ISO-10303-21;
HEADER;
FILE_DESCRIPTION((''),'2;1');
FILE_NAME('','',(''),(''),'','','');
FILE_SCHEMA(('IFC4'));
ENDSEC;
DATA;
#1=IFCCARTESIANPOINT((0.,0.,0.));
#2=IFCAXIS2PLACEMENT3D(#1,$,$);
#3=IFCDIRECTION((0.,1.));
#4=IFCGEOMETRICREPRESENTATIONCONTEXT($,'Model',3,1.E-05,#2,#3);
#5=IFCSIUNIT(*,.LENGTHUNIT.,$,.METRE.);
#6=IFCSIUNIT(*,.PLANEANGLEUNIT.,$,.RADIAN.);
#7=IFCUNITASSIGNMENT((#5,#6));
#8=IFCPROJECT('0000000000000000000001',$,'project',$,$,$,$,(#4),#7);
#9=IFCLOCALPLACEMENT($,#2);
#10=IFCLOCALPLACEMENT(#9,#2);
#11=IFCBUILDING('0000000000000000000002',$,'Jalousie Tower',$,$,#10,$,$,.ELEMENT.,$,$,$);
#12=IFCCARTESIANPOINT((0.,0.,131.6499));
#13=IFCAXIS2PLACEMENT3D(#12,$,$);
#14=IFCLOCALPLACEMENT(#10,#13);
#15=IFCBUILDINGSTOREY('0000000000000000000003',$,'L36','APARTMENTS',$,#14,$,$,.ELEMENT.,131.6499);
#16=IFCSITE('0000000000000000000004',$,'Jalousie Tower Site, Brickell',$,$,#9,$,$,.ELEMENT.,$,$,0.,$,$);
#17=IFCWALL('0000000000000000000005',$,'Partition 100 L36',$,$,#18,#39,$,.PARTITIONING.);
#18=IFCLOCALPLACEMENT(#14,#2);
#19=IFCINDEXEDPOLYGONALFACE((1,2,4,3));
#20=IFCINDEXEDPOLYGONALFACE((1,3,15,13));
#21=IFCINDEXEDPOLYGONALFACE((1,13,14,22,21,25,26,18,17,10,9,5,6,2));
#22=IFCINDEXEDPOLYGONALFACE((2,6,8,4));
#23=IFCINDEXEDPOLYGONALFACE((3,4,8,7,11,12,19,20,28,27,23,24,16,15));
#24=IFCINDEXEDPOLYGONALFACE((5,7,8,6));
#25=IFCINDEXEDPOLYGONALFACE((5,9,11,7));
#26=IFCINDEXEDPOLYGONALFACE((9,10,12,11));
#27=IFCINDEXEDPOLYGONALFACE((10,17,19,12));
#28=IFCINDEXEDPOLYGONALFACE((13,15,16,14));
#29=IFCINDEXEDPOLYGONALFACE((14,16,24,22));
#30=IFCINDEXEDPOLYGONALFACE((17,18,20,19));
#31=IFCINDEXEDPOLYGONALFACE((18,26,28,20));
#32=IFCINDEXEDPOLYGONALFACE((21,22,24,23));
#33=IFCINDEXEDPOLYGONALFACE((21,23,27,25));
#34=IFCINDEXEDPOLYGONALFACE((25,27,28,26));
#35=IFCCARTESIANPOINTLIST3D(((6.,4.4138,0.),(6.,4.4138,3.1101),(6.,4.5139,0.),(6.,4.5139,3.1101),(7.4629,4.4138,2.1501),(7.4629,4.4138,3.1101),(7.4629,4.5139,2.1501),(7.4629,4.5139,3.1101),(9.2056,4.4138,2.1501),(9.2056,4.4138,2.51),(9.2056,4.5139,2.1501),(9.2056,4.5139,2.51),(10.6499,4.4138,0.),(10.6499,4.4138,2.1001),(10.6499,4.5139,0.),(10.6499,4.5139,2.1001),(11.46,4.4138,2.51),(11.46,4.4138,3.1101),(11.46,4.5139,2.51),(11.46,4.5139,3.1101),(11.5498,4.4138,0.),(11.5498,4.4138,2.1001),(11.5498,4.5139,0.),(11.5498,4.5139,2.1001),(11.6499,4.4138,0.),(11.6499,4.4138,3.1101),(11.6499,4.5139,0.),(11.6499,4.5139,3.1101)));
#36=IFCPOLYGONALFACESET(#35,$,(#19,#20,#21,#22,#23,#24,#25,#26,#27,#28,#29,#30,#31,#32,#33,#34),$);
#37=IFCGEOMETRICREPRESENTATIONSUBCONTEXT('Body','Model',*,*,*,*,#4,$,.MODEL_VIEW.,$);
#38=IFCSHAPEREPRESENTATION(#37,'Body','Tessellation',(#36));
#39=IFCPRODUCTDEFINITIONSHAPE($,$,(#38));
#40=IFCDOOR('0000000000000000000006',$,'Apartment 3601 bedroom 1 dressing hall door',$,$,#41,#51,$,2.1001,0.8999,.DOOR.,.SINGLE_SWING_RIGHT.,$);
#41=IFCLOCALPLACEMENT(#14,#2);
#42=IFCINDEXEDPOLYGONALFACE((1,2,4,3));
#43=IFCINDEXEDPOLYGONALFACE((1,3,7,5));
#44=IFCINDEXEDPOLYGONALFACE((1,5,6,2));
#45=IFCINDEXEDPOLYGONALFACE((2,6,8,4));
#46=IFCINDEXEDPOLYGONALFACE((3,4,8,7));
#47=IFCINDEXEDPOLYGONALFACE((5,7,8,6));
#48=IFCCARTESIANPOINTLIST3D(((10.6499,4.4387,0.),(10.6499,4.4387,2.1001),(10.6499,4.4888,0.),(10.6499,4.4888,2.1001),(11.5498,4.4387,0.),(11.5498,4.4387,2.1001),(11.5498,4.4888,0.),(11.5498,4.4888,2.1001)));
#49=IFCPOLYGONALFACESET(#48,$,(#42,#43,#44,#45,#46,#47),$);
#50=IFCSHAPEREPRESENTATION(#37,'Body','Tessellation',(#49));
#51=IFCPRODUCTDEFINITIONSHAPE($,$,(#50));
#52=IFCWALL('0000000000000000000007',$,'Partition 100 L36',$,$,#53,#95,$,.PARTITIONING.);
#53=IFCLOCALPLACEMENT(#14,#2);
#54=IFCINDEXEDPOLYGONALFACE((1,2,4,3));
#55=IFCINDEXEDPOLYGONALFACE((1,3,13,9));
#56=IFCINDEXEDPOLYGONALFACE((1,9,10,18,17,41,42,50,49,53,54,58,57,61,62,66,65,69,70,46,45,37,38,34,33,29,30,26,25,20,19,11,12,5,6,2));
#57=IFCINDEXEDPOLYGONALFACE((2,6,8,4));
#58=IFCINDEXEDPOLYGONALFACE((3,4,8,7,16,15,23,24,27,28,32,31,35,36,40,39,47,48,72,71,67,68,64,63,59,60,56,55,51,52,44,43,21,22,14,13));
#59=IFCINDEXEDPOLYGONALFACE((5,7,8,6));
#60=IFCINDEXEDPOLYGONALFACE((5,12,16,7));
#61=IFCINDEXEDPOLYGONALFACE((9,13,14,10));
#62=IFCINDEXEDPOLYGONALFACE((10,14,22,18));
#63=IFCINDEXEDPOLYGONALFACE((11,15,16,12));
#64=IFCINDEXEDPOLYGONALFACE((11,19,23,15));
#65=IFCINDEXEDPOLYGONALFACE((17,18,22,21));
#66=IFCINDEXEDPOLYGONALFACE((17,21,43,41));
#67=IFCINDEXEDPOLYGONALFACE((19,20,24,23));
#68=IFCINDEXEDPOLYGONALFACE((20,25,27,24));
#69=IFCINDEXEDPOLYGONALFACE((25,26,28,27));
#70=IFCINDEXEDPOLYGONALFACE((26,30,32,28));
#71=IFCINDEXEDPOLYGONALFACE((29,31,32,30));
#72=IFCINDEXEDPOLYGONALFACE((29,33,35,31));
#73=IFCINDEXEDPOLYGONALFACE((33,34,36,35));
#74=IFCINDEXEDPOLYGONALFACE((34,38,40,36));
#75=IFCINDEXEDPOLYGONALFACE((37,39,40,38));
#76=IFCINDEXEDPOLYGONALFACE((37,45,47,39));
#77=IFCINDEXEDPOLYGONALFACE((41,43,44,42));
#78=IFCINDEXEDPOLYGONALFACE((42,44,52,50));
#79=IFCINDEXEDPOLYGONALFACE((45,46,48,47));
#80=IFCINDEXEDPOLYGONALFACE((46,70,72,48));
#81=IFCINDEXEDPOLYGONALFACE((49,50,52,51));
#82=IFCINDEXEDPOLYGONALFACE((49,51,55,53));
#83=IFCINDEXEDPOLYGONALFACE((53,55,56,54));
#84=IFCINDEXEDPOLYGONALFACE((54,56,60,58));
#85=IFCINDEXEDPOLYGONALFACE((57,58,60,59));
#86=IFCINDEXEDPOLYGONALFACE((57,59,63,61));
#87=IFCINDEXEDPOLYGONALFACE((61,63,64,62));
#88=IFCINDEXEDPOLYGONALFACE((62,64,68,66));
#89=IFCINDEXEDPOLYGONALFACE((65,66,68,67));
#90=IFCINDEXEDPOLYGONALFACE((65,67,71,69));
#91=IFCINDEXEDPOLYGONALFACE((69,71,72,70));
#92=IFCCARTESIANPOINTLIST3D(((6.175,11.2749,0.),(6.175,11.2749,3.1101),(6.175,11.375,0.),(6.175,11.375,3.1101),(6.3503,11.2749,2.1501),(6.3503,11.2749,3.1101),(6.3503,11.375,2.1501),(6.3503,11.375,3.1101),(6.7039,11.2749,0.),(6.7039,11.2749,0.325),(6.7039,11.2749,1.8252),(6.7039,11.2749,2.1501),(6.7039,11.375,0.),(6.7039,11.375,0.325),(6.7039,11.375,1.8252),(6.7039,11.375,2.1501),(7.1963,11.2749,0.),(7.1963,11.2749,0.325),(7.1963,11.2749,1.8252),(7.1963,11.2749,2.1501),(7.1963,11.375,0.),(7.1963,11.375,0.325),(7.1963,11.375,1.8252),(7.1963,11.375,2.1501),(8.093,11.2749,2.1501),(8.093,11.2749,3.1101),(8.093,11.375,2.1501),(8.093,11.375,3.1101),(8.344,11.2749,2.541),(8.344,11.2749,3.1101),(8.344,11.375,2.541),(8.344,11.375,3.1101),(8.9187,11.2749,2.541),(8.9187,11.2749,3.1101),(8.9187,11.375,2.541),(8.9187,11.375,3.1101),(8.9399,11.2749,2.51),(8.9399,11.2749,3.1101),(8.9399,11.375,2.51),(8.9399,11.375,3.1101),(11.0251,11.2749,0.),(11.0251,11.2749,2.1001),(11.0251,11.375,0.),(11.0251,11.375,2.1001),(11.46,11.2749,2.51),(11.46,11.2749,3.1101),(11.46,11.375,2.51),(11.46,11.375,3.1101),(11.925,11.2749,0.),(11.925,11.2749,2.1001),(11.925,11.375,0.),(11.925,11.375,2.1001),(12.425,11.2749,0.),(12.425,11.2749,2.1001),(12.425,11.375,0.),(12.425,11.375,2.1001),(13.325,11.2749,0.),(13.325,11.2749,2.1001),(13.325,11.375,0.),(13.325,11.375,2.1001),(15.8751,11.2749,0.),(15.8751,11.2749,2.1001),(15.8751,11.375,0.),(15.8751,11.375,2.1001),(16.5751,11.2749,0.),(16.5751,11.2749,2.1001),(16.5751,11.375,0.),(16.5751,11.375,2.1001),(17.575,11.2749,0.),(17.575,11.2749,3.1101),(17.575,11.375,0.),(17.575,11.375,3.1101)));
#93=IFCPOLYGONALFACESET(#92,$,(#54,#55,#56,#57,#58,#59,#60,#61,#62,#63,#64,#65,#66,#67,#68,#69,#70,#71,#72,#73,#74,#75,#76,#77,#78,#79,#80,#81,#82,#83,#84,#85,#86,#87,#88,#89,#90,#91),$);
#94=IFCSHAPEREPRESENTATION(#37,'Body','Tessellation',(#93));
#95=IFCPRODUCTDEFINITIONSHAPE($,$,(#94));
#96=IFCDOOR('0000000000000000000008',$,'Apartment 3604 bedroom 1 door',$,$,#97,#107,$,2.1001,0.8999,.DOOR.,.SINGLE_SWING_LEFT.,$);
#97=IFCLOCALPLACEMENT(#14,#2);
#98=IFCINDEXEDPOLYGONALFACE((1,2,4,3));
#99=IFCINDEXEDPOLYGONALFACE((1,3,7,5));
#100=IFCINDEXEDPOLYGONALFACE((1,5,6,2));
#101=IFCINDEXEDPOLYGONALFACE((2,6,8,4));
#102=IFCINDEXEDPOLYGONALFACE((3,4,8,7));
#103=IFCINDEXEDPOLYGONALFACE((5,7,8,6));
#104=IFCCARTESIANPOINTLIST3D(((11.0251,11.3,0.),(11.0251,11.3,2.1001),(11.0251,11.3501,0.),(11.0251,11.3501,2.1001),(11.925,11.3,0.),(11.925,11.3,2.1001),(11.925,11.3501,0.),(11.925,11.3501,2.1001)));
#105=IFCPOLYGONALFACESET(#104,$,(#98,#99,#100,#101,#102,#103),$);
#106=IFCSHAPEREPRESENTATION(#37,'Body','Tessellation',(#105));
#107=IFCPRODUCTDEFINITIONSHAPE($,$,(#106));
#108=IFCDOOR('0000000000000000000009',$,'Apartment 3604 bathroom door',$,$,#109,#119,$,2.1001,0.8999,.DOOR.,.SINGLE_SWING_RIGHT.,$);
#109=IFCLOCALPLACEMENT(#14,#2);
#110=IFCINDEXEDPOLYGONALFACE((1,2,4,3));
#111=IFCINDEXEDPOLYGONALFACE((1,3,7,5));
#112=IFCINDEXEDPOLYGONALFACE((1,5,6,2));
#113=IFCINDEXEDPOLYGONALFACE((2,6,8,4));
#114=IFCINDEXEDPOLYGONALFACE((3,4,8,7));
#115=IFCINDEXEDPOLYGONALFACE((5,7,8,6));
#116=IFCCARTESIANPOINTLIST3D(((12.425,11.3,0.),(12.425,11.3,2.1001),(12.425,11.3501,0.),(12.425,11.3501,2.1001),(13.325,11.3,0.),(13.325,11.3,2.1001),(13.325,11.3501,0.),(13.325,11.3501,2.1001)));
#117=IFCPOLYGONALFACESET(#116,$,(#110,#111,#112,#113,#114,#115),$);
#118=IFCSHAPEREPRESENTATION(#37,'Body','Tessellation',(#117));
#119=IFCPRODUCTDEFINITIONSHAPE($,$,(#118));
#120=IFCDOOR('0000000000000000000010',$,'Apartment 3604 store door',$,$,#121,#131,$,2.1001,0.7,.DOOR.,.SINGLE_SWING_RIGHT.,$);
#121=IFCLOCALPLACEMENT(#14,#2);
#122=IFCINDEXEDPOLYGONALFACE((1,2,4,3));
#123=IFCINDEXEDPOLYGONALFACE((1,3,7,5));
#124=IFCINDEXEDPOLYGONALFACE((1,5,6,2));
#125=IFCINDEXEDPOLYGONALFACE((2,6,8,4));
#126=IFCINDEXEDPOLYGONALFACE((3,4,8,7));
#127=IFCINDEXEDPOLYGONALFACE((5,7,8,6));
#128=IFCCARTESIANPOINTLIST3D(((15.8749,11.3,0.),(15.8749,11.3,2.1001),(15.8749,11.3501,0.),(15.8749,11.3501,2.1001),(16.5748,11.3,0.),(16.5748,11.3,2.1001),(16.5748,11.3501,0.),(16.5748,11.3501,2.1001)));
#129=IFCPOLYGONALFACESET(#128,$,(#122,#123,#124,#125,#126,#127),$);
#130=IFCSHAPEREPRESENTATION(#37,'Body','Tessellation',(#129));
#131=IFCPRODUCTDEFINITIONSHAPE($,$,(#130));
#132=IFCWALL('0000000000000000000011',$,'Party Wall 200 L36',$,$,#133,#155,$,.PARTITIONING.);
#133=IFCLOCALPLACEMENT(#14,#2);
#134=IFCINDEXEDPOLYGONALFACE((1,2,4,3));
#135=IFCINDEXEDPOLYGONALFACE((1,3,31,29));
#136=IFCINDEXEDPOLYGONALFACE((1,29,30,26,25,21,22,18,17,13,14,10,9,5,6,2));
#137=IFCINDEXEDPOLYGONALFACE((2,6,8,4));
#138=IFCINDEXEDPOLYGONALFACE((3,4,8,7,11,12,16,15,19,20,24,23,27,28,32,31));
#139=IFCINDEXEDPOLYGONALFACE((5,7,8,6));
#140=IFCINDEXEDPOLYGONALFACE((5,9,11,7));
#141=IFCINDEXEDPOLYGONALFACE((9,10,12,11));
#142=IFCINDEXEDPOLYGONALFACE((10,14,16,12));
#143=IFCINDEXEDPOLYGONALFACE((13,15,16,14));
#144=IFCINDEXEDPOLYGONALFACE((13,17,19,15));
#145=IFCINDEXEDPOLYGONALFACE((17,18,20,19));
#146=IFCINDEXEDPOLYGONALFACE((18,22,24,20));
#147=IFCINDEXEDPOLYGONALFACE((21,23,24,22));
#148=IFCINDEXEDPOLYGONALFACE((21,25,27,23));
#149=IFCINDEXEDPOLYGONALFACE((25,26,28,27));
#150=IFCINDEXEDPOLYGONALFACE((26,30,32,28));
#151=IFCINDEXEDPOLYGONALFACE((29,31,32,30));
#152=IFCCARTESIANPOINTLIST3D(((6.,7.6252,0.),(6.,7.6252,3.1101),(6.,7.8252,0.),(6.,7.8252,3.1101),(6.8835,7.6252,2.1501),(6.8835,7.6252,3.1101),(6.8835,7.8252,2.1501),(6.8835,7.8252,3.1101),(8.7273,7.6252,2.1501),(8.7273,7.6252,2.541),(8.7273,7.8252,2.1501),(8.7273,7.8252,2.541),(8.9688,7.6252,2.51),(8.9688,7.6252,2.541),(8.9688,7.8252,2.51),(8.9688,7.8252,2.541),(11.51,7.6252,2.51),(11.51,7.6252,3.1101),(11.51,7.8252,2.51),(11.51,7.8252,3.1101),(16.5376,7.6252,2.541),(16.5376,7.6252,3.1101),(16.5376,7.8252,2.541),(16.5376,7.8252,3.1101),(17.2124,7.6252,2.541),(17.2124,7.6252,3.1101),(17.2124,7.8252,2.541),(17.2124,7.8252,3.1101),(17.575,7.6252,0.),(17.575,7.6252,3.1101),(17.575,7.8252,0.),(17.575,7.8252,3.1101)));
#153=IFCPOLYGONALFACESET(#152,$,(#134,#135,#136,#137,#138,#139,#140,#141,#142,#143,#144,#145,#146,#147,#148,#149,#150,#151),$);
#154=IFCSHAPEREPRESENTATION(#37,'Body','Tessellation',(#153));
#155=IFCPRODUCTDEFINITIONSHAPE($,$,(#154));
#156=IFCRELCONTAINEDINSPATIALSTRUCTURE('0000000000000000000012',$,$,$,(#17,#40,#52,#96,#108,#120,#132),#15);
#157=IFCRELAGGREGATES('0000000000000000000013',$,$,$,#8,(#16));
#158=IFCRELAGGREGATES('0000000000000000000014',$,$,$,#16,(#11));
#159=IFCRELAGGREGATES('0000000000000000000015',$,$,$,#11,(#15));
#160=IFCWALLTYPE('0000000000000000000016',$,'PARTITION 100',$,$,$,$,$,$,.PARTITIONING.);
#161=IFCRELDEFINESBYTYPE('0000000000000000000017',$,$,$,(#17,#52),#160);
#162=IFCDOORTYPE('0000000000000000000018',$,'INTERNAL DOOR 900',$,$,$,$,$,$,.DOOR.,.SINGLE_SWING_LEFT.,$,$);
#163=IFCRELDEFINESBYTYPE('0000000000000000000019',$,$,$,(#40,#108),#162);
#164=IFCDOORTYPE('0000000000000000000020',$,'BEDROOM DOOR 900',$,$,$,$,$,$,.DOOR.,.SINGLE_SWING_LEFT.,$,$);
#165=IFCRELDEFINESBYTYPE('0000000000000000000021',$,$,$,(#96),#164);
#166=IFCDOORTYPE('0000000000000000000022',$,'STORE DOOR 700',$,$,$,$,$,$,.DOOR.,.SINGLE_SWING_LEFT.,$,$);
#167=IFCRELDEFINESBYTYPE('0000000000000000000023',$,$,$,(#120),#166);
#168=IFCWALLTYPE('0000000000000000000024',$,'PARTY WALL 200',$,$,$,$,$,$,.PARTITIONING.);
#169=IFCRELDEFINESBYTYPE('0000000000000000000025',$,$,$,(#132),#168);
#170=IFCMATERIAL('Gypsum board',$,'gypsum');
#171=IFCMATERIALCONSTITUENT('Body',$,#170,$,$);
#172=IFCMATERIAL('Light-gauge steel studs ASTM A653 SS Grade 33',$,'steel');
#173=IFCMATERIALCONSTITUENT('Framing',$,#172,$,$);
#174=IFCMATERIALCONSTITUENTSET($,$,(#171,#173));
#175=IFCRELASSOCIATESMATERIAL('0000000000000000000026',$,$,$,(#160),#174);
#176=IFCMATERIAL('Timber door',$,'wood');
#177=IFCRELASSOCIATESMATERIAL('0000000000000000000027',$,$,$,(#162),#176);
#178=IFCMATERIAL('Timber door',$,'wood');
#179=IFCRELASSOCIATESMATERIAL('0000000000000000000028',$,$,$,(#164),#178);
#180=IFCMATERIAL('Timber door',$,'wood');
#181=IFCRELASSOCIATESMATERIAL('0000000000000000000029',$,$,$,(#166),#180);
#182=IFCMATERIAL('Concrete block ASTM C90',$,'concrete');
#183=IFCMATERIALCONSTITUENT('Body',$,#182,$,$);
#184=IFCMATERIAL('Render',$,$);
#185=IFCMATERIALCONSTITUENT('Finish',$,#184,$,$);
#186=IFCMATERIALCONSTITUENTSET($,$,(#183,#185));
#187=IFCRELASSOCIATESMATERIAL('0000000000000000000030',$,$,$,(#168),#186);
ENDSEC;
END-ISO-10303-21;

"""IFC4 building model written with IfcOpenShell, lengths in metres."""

from ifc_helpers import new_model, si_unit, direction, frame, frame_2d, origin, place, context, subcontext, project, spatial, polyline, rectangle, outline, extrude, material, constituent, constituent_set, type_object, element, fill, save


model = new_model("IFC4")

# Units and contexts
model_context = context("Model", 3, precision=1e-05, world=origin(), true_north=direction((0.0, 1.0)))
body_context = subcontext(model_context, "Body", "Model", "MODEL_VIEW")
ifc_project = project(units=[si_unit("LENGTHUNIT", "METRE"), si_unit("PLANEANGLEUNIT", "RADIAN")], contexts=[model_context])

# Site, building, storey
site_placement = place(None, origin())
site = spatial("IfcSite", under=ifc_project, at=site_placement, Name="Jalousie Tower Site, Brickell", CompositionType="ELEMENT", RefElevation=0.0)
building_placement = place(site_placement, origin())
building = spatial("IfcBuilding", under=site, at=building_placement, Name="Jalousie Tower", CompositionType="ELEMENT")
storey_placement = place(building_placement, frame((0.0, 0.0, 131.6499)))
storey = spatial("IfcBuildingStorey", under=building, at=storey_placement, Name="L36", Description="APARTMENTS", CompositionType="ELEMENT", Elevation=131.6499)

# Wall, opening, door
ifc_material_1 = material(Name="Gypsum board", Category="gypsum")
ifc_constituent_1 = constituent(ifc_material_1, Name="Body")
ifc_material_2 = material(Name="Light-gauge steel studs ASTM A653 SS Grade 33", Category="steel")
ifc_constituent_2 = constituent(ifc_material_2, Name="Framing")
ifc_constituent_set_1 = constituent_set(constituents=[ifc_constituent_1, ifc_constituent_2])
wall_type_1 = type_object("IfcWallType", Name="PARTITION 100", PredefinedType="PARTITIONING", material=ifc_constituent_set_1)
wall_1_placement = place(storey_placement, frame((6.0, 4.4639, 0.0), z_axis=(0.0, 0.0, 1.0), x_axis=(1.0, 0.0, 0.0)))
wall_1 = element("IfcWall", 1, at=wall_1_placement, inside=storey, type_object=wall_type_1, Name="Partition 100 L36", PredefinedType="PARTITIONING", context=body_context, shape_type="SweptSolid", body=[
    extrude(outline(polyline([(0.0, 0.0), (5.6499, 0.0), (5.6499, 3.1101), (5.46, 3.1101), (5.46, 2.51), (3.2056, 2.51), (3.2056, 2.1501), (1.4629, 2.1501), (1.4629, 3.1101), (0.0, 3.1101), (0.0, 0.0)])), frame((0.0, 0.05, 0.0), z_axis=(0.0, -1.0, 0.0), x_axis=(1.0, 0.0, 0.0)), (0.0, 0.0, 1.0), 0.1001),
])
opening_1_placement = place(wall_1_placement, frame((4.6499, 0.0, 0.0)))
opening_1 = element("IfcOpeningElement", 2, at=opening_1_placement, cuts=wall_1, PredefinedType="OPENING", context=body_context, shape_type="SweptSolid", body=[
    extrude(rectangle(XDim=0.8999, YDim=2.1001, at=frame_2d((0.45, 1.05))), frame((0.0, 0.0601, 0.0), z_axis=(0.0, -1.0, 0.0), x_axis=(1.0, 0.0, 0.0)), (0.0, 0.0, 1.0), 0.1201),
])
ifc_material_3 = material(Name="Timber door", Category="wood")
door_type_1 = type_object("IfcDoorType", Name="INTERNAL DOOR 900", OperationType="SINGLE_SWING_LEFT", PredefinedType="DOOR", material=ifc_material_3)
door_1_placement = place(opening_1_placement, origin())
door_1 = element("IfcDoor", 3, at=door_1_placement, inside=storey, type_object=door_type_1, Name="Apartment 3601 bedroom 1 dressing hall door", OperationType="SINGLE_SWING_RIGHT", OverallHeight=2.1001, OverallWidth=0.8999, PredefinedType="DOOR", context=body_context, shape_type="SweptSolid", body=[
    extrude(rectangle(XDim=0.8999, YDim=2.1001, at=frame_2d((0.45, 1.05))), frame((0.0, 0.0249, 0.0), z_axis=(0.0, -1.0, 0.0), x_axis=(1.0, 0.0, 0.0)), (0.0, 0.0, 1.0), 0.05),
])
fill(opening_1, door_1)

# Wall, openings, doors
wall_2_placement = place(storey_placement, frame((6.175, 11.325, 0.0), z_axis=(0.0, 0.0, 1.0), x_axis=(1.0, 0.0, 0.0)))
wall_2 = element("IfcWall", 4, at=wall_2_placement, inside=storey, type_object=wall_type_1, Name="Partition 100 L36", PredefinedType="PARTITIONING", context=body_context, shape_type="SweptSolid", body=[
    extrude(outline(polyline([(0.1753, 3.1101), (0.0, 3.1101), (0.0, 0.0), (0.5288, 0.0), (0.5288, 0.325), (1.0212, 0.325), (1.0212, 0.0), (11.3999, 0.0), (11.3999, 3.1101), (5.2849, 3.1101), (5.2849, 2.51), (2.7649, 2.51), (2.7649, 3.1101), (2.7437, 3.1101), (2.7437, 2.541), (2.1689, 2.541), (2.1689, 3.1101), (1.918, 3.1101), (1.918, 2.1501), (1.0212, 2.1501), (1.0212, 1.8252), (0.5288, 1.8252), (0.5288, 2.1501), (0.1753, 2.1501), (0.1753, 3.1101)])), frame((0.0, 0.05, 0.0), z_axis=(0.0, -1.0, 0.0), x_axis=(1.0, 0.0, 0.0)), (0.0, 0.0, 1.0), 0.1001),
])
opening_2_placement = place(wall_2_placement, frame((4.8501, 0.0, 0.0)))
opening_2 = element("IfcOpeningElement", 5, at=opening_2_placement, cuts=wall_2, PredefinedType="OPENING", context=body_context, shape_type="SweptSolid", body=[
    extrude(rectangle(XDim=0.8999, YDim=2.1001, at=frame_2d((0.45, 1.05))), frame((0.0, 0.0601, 0.0), z_axis=(0.0, -1.0, 0.0), x_axis=(1.0, 0.0, 0.0)), (0.0, 0.0, 1.0), 0.1201),
])
opening_3_placement = place(wall_2_placement, frame((6.25, 0.0, 0.0)))
opening_3 = element("IfcOpeningElement", 6, at=opening_3_placement, cuts=wall_2, PredefinedType="OPENING", context=body_context, shape_type="SweptSolid", body=[
    extrude(rectangle(XDim=0.8999, YDim=2.1001, at=frame_2d((0.45, 1.05))), frame((0.0, 0.0601, 0.0), z_axis=(0.0, -1.0, 0.0), x_axis=(1.0, 0.0, 0.0)), (0.0, 0.0, 1.0), 0.1201),
])
opening_4_placement = place(wall_2_placement, frame((9.7, 0.0, 0.0)))
opening_4 = element("IfcOpeningElement", 7, at=opening_4_placement, cuts=wall_2, PredefinedType="OPENING", context=body_context, shape_type="SweptSolid", body=[
    extrude(rectangle(XDim=0.7, YDim=2.1001, at=frame_2d((0.3501, 1.05))), frame((0.0, 0.0601, 0.0), z_axis=(0.0, -1.0, 0.0), x_axis=(1.0, 0.0, 0.0)), (0.0, 0.0, 1.0), 0.1201),
])
ifc_material_4 = material(Name="Timber door", Category="wood")
door_type_2 = type_object("IfcDoorType", Name="BEDROOM DOOR 900", OperationType="SINGLE_SWING_LEFT", PredefinedType="DOOR", material=ifc_material_4)
door_2_placement = place(opening_2_placement, frame((0.8999, 0.0, 0.0), z_axis=(0.0, 0.0, 1.0), x_axis=(-1.0, 0.0, 0.0)))
door_2 = element("IfcDoor", 8, at=door_2_placement, inside=storey, type_object=door_type_2, Name="Apartment 3604 bedroom 1 door", OperationType="SINGLE_SWING_LEFT", OverallHeight=2.1001, OverallWidth=0.8999, PredefinedType="DOOR", context=body_context, shape_type="SweptSolid", body=[
    extrude(rectangle(XDim=0.8999, YDim=2.1001, at=frame_2d((0.45, 1.05))), frame((0.0, 0.0249, 0.0), z_axis=(0.0, -1.0, 0.0), x_axis=(1.0, 0.0, 0.0)), (0.0, 0.0, 1.0), 0.05),
])
fill(opening_2, door_2)
door_3_placement = place(opening_3_placement, frame((0.8999, 0.0, 0.0), z_axis=(0.0, 0.0, 1.0), x_axis=(-1.0, 0.0, 0.0)))
door_3 = element("IfcDoor", 9, at=door_3_placement, inside=storey, type_object=door_type_1, Name="Apartment 3604 bathroom door", OperationType="SINGLE_SWING_RIGHT", OverallHeight=2.1001, OverallWidth=0.8999, PredefinedType="DOOR", context=body_context, shape_type="SweptSolid", body=[
    extrude(rectangle(XDim=0.8999, YDim=2.1001, at=frame_2d((0.45, 1.05))), frame((0.0, 0.0249, 0.0), z_axis=(0.0, -1.0, 0.0), x_axis=(1.0, 0.0, 0.0)), (0.0, 0.0, 1.0), 0.05),
])
fill(opening_3, door_3)
ifc_material_5 = material(Name="Timber door", Category="wood")
door_type_3 = type_object("IfcDoorType", Name="STORE DOOR 700", OperationType="SINGLE_SWING_LEFT", PredefinedType="DOOR", material=ifc_material_5)
door_4_placement = place(opening_4_placement, frame((0.7, 0.0, 0.0), z_axis=(0.0, 0.0, 1.0), x_axis=(-1.0, 0.0, 0.0)))
door_4 = element("IfcDoor", 10, at=door_4_placement, inside=storey, type_object=door_type_3, Name="Apartment 3604 store door", OperationType="SINGLE_SWING_RIGHT", OverallHeight=2.1001, OverallWidth=0.7, PredefinedType="DOOR", context=body_context, shape_type="SweptSolid", body=[
    extrude(rectangle(XDim=0.7, YDim=2.1001, at=frame_2d((0.3501, 1.05))), frame((0.0, 0.0249, 0.0), z_axis=(0.0, -1.0, 0.0), x_axis=(1.0, 0.0, 0.0)), (0.0, 0.0, 1.0), 0.05),
])
fill(opening_4, door_4)

# Wall
ifc_material_6 = material(Name="Concrete block ASTM C90", Category="concrete")
ifc_constituent_3 = constituent(ifc_material_6, Name="Body")
ifc_material_7 = material(Name="Render")
ifc_constituent_4 = constituent(ifc_material_7, Name="Finish")
ifc_constituent_set_2 = constituent_set(constituents=[ifc_constituent_3, ifc_constituent_4])
wall_type_2 = type_object("IfcWallType", Name="PARTY WALL 200", PredefinedType="PARTITIONING", material=ifc_constituent_set_2)
wall_3_placement = place(storey_placement, frame((6.0, 7.7251, 0.0), z_axis=(0.0, 0.0, 1.0), x_axis=(1.0, 0.0, 0.0)))
element("IfcWall", 11, at=wall_3_placement, inside=storey, type_object=wall_type_2, Name="Party Wall 200 L36", PredefinedType="PARTITIONING", context=body_context, shape_type="SweptSolid", body=[
    extrude(outline(polyline([(0.0, 0.0), (11.575, 0.0), (11.575, 3.1101), (11.2124, 3.1101), (11.2124, 2.541), (10.5376, 2.541), (10.5376, 3.1101), (5.51, 3.1101), (5.51, 2.51), (2.9688, 2.51), (2.9688, 2.541), (2.7273, 2.541), (2.7273, 2.1501), (0.8835, 2.1501), (0.8835, 3.1101), (0.0, 3.1101), (0.0, 0.0)])), frame((0.0, 0.1001, 0.0), z_axis=(0.0, -1.0, 0.0), x_axis=(1.0, 0.0, 0.0)), (0.0, 0.0, 1.0), 0.2),
])

save(model, "model.ifc")
